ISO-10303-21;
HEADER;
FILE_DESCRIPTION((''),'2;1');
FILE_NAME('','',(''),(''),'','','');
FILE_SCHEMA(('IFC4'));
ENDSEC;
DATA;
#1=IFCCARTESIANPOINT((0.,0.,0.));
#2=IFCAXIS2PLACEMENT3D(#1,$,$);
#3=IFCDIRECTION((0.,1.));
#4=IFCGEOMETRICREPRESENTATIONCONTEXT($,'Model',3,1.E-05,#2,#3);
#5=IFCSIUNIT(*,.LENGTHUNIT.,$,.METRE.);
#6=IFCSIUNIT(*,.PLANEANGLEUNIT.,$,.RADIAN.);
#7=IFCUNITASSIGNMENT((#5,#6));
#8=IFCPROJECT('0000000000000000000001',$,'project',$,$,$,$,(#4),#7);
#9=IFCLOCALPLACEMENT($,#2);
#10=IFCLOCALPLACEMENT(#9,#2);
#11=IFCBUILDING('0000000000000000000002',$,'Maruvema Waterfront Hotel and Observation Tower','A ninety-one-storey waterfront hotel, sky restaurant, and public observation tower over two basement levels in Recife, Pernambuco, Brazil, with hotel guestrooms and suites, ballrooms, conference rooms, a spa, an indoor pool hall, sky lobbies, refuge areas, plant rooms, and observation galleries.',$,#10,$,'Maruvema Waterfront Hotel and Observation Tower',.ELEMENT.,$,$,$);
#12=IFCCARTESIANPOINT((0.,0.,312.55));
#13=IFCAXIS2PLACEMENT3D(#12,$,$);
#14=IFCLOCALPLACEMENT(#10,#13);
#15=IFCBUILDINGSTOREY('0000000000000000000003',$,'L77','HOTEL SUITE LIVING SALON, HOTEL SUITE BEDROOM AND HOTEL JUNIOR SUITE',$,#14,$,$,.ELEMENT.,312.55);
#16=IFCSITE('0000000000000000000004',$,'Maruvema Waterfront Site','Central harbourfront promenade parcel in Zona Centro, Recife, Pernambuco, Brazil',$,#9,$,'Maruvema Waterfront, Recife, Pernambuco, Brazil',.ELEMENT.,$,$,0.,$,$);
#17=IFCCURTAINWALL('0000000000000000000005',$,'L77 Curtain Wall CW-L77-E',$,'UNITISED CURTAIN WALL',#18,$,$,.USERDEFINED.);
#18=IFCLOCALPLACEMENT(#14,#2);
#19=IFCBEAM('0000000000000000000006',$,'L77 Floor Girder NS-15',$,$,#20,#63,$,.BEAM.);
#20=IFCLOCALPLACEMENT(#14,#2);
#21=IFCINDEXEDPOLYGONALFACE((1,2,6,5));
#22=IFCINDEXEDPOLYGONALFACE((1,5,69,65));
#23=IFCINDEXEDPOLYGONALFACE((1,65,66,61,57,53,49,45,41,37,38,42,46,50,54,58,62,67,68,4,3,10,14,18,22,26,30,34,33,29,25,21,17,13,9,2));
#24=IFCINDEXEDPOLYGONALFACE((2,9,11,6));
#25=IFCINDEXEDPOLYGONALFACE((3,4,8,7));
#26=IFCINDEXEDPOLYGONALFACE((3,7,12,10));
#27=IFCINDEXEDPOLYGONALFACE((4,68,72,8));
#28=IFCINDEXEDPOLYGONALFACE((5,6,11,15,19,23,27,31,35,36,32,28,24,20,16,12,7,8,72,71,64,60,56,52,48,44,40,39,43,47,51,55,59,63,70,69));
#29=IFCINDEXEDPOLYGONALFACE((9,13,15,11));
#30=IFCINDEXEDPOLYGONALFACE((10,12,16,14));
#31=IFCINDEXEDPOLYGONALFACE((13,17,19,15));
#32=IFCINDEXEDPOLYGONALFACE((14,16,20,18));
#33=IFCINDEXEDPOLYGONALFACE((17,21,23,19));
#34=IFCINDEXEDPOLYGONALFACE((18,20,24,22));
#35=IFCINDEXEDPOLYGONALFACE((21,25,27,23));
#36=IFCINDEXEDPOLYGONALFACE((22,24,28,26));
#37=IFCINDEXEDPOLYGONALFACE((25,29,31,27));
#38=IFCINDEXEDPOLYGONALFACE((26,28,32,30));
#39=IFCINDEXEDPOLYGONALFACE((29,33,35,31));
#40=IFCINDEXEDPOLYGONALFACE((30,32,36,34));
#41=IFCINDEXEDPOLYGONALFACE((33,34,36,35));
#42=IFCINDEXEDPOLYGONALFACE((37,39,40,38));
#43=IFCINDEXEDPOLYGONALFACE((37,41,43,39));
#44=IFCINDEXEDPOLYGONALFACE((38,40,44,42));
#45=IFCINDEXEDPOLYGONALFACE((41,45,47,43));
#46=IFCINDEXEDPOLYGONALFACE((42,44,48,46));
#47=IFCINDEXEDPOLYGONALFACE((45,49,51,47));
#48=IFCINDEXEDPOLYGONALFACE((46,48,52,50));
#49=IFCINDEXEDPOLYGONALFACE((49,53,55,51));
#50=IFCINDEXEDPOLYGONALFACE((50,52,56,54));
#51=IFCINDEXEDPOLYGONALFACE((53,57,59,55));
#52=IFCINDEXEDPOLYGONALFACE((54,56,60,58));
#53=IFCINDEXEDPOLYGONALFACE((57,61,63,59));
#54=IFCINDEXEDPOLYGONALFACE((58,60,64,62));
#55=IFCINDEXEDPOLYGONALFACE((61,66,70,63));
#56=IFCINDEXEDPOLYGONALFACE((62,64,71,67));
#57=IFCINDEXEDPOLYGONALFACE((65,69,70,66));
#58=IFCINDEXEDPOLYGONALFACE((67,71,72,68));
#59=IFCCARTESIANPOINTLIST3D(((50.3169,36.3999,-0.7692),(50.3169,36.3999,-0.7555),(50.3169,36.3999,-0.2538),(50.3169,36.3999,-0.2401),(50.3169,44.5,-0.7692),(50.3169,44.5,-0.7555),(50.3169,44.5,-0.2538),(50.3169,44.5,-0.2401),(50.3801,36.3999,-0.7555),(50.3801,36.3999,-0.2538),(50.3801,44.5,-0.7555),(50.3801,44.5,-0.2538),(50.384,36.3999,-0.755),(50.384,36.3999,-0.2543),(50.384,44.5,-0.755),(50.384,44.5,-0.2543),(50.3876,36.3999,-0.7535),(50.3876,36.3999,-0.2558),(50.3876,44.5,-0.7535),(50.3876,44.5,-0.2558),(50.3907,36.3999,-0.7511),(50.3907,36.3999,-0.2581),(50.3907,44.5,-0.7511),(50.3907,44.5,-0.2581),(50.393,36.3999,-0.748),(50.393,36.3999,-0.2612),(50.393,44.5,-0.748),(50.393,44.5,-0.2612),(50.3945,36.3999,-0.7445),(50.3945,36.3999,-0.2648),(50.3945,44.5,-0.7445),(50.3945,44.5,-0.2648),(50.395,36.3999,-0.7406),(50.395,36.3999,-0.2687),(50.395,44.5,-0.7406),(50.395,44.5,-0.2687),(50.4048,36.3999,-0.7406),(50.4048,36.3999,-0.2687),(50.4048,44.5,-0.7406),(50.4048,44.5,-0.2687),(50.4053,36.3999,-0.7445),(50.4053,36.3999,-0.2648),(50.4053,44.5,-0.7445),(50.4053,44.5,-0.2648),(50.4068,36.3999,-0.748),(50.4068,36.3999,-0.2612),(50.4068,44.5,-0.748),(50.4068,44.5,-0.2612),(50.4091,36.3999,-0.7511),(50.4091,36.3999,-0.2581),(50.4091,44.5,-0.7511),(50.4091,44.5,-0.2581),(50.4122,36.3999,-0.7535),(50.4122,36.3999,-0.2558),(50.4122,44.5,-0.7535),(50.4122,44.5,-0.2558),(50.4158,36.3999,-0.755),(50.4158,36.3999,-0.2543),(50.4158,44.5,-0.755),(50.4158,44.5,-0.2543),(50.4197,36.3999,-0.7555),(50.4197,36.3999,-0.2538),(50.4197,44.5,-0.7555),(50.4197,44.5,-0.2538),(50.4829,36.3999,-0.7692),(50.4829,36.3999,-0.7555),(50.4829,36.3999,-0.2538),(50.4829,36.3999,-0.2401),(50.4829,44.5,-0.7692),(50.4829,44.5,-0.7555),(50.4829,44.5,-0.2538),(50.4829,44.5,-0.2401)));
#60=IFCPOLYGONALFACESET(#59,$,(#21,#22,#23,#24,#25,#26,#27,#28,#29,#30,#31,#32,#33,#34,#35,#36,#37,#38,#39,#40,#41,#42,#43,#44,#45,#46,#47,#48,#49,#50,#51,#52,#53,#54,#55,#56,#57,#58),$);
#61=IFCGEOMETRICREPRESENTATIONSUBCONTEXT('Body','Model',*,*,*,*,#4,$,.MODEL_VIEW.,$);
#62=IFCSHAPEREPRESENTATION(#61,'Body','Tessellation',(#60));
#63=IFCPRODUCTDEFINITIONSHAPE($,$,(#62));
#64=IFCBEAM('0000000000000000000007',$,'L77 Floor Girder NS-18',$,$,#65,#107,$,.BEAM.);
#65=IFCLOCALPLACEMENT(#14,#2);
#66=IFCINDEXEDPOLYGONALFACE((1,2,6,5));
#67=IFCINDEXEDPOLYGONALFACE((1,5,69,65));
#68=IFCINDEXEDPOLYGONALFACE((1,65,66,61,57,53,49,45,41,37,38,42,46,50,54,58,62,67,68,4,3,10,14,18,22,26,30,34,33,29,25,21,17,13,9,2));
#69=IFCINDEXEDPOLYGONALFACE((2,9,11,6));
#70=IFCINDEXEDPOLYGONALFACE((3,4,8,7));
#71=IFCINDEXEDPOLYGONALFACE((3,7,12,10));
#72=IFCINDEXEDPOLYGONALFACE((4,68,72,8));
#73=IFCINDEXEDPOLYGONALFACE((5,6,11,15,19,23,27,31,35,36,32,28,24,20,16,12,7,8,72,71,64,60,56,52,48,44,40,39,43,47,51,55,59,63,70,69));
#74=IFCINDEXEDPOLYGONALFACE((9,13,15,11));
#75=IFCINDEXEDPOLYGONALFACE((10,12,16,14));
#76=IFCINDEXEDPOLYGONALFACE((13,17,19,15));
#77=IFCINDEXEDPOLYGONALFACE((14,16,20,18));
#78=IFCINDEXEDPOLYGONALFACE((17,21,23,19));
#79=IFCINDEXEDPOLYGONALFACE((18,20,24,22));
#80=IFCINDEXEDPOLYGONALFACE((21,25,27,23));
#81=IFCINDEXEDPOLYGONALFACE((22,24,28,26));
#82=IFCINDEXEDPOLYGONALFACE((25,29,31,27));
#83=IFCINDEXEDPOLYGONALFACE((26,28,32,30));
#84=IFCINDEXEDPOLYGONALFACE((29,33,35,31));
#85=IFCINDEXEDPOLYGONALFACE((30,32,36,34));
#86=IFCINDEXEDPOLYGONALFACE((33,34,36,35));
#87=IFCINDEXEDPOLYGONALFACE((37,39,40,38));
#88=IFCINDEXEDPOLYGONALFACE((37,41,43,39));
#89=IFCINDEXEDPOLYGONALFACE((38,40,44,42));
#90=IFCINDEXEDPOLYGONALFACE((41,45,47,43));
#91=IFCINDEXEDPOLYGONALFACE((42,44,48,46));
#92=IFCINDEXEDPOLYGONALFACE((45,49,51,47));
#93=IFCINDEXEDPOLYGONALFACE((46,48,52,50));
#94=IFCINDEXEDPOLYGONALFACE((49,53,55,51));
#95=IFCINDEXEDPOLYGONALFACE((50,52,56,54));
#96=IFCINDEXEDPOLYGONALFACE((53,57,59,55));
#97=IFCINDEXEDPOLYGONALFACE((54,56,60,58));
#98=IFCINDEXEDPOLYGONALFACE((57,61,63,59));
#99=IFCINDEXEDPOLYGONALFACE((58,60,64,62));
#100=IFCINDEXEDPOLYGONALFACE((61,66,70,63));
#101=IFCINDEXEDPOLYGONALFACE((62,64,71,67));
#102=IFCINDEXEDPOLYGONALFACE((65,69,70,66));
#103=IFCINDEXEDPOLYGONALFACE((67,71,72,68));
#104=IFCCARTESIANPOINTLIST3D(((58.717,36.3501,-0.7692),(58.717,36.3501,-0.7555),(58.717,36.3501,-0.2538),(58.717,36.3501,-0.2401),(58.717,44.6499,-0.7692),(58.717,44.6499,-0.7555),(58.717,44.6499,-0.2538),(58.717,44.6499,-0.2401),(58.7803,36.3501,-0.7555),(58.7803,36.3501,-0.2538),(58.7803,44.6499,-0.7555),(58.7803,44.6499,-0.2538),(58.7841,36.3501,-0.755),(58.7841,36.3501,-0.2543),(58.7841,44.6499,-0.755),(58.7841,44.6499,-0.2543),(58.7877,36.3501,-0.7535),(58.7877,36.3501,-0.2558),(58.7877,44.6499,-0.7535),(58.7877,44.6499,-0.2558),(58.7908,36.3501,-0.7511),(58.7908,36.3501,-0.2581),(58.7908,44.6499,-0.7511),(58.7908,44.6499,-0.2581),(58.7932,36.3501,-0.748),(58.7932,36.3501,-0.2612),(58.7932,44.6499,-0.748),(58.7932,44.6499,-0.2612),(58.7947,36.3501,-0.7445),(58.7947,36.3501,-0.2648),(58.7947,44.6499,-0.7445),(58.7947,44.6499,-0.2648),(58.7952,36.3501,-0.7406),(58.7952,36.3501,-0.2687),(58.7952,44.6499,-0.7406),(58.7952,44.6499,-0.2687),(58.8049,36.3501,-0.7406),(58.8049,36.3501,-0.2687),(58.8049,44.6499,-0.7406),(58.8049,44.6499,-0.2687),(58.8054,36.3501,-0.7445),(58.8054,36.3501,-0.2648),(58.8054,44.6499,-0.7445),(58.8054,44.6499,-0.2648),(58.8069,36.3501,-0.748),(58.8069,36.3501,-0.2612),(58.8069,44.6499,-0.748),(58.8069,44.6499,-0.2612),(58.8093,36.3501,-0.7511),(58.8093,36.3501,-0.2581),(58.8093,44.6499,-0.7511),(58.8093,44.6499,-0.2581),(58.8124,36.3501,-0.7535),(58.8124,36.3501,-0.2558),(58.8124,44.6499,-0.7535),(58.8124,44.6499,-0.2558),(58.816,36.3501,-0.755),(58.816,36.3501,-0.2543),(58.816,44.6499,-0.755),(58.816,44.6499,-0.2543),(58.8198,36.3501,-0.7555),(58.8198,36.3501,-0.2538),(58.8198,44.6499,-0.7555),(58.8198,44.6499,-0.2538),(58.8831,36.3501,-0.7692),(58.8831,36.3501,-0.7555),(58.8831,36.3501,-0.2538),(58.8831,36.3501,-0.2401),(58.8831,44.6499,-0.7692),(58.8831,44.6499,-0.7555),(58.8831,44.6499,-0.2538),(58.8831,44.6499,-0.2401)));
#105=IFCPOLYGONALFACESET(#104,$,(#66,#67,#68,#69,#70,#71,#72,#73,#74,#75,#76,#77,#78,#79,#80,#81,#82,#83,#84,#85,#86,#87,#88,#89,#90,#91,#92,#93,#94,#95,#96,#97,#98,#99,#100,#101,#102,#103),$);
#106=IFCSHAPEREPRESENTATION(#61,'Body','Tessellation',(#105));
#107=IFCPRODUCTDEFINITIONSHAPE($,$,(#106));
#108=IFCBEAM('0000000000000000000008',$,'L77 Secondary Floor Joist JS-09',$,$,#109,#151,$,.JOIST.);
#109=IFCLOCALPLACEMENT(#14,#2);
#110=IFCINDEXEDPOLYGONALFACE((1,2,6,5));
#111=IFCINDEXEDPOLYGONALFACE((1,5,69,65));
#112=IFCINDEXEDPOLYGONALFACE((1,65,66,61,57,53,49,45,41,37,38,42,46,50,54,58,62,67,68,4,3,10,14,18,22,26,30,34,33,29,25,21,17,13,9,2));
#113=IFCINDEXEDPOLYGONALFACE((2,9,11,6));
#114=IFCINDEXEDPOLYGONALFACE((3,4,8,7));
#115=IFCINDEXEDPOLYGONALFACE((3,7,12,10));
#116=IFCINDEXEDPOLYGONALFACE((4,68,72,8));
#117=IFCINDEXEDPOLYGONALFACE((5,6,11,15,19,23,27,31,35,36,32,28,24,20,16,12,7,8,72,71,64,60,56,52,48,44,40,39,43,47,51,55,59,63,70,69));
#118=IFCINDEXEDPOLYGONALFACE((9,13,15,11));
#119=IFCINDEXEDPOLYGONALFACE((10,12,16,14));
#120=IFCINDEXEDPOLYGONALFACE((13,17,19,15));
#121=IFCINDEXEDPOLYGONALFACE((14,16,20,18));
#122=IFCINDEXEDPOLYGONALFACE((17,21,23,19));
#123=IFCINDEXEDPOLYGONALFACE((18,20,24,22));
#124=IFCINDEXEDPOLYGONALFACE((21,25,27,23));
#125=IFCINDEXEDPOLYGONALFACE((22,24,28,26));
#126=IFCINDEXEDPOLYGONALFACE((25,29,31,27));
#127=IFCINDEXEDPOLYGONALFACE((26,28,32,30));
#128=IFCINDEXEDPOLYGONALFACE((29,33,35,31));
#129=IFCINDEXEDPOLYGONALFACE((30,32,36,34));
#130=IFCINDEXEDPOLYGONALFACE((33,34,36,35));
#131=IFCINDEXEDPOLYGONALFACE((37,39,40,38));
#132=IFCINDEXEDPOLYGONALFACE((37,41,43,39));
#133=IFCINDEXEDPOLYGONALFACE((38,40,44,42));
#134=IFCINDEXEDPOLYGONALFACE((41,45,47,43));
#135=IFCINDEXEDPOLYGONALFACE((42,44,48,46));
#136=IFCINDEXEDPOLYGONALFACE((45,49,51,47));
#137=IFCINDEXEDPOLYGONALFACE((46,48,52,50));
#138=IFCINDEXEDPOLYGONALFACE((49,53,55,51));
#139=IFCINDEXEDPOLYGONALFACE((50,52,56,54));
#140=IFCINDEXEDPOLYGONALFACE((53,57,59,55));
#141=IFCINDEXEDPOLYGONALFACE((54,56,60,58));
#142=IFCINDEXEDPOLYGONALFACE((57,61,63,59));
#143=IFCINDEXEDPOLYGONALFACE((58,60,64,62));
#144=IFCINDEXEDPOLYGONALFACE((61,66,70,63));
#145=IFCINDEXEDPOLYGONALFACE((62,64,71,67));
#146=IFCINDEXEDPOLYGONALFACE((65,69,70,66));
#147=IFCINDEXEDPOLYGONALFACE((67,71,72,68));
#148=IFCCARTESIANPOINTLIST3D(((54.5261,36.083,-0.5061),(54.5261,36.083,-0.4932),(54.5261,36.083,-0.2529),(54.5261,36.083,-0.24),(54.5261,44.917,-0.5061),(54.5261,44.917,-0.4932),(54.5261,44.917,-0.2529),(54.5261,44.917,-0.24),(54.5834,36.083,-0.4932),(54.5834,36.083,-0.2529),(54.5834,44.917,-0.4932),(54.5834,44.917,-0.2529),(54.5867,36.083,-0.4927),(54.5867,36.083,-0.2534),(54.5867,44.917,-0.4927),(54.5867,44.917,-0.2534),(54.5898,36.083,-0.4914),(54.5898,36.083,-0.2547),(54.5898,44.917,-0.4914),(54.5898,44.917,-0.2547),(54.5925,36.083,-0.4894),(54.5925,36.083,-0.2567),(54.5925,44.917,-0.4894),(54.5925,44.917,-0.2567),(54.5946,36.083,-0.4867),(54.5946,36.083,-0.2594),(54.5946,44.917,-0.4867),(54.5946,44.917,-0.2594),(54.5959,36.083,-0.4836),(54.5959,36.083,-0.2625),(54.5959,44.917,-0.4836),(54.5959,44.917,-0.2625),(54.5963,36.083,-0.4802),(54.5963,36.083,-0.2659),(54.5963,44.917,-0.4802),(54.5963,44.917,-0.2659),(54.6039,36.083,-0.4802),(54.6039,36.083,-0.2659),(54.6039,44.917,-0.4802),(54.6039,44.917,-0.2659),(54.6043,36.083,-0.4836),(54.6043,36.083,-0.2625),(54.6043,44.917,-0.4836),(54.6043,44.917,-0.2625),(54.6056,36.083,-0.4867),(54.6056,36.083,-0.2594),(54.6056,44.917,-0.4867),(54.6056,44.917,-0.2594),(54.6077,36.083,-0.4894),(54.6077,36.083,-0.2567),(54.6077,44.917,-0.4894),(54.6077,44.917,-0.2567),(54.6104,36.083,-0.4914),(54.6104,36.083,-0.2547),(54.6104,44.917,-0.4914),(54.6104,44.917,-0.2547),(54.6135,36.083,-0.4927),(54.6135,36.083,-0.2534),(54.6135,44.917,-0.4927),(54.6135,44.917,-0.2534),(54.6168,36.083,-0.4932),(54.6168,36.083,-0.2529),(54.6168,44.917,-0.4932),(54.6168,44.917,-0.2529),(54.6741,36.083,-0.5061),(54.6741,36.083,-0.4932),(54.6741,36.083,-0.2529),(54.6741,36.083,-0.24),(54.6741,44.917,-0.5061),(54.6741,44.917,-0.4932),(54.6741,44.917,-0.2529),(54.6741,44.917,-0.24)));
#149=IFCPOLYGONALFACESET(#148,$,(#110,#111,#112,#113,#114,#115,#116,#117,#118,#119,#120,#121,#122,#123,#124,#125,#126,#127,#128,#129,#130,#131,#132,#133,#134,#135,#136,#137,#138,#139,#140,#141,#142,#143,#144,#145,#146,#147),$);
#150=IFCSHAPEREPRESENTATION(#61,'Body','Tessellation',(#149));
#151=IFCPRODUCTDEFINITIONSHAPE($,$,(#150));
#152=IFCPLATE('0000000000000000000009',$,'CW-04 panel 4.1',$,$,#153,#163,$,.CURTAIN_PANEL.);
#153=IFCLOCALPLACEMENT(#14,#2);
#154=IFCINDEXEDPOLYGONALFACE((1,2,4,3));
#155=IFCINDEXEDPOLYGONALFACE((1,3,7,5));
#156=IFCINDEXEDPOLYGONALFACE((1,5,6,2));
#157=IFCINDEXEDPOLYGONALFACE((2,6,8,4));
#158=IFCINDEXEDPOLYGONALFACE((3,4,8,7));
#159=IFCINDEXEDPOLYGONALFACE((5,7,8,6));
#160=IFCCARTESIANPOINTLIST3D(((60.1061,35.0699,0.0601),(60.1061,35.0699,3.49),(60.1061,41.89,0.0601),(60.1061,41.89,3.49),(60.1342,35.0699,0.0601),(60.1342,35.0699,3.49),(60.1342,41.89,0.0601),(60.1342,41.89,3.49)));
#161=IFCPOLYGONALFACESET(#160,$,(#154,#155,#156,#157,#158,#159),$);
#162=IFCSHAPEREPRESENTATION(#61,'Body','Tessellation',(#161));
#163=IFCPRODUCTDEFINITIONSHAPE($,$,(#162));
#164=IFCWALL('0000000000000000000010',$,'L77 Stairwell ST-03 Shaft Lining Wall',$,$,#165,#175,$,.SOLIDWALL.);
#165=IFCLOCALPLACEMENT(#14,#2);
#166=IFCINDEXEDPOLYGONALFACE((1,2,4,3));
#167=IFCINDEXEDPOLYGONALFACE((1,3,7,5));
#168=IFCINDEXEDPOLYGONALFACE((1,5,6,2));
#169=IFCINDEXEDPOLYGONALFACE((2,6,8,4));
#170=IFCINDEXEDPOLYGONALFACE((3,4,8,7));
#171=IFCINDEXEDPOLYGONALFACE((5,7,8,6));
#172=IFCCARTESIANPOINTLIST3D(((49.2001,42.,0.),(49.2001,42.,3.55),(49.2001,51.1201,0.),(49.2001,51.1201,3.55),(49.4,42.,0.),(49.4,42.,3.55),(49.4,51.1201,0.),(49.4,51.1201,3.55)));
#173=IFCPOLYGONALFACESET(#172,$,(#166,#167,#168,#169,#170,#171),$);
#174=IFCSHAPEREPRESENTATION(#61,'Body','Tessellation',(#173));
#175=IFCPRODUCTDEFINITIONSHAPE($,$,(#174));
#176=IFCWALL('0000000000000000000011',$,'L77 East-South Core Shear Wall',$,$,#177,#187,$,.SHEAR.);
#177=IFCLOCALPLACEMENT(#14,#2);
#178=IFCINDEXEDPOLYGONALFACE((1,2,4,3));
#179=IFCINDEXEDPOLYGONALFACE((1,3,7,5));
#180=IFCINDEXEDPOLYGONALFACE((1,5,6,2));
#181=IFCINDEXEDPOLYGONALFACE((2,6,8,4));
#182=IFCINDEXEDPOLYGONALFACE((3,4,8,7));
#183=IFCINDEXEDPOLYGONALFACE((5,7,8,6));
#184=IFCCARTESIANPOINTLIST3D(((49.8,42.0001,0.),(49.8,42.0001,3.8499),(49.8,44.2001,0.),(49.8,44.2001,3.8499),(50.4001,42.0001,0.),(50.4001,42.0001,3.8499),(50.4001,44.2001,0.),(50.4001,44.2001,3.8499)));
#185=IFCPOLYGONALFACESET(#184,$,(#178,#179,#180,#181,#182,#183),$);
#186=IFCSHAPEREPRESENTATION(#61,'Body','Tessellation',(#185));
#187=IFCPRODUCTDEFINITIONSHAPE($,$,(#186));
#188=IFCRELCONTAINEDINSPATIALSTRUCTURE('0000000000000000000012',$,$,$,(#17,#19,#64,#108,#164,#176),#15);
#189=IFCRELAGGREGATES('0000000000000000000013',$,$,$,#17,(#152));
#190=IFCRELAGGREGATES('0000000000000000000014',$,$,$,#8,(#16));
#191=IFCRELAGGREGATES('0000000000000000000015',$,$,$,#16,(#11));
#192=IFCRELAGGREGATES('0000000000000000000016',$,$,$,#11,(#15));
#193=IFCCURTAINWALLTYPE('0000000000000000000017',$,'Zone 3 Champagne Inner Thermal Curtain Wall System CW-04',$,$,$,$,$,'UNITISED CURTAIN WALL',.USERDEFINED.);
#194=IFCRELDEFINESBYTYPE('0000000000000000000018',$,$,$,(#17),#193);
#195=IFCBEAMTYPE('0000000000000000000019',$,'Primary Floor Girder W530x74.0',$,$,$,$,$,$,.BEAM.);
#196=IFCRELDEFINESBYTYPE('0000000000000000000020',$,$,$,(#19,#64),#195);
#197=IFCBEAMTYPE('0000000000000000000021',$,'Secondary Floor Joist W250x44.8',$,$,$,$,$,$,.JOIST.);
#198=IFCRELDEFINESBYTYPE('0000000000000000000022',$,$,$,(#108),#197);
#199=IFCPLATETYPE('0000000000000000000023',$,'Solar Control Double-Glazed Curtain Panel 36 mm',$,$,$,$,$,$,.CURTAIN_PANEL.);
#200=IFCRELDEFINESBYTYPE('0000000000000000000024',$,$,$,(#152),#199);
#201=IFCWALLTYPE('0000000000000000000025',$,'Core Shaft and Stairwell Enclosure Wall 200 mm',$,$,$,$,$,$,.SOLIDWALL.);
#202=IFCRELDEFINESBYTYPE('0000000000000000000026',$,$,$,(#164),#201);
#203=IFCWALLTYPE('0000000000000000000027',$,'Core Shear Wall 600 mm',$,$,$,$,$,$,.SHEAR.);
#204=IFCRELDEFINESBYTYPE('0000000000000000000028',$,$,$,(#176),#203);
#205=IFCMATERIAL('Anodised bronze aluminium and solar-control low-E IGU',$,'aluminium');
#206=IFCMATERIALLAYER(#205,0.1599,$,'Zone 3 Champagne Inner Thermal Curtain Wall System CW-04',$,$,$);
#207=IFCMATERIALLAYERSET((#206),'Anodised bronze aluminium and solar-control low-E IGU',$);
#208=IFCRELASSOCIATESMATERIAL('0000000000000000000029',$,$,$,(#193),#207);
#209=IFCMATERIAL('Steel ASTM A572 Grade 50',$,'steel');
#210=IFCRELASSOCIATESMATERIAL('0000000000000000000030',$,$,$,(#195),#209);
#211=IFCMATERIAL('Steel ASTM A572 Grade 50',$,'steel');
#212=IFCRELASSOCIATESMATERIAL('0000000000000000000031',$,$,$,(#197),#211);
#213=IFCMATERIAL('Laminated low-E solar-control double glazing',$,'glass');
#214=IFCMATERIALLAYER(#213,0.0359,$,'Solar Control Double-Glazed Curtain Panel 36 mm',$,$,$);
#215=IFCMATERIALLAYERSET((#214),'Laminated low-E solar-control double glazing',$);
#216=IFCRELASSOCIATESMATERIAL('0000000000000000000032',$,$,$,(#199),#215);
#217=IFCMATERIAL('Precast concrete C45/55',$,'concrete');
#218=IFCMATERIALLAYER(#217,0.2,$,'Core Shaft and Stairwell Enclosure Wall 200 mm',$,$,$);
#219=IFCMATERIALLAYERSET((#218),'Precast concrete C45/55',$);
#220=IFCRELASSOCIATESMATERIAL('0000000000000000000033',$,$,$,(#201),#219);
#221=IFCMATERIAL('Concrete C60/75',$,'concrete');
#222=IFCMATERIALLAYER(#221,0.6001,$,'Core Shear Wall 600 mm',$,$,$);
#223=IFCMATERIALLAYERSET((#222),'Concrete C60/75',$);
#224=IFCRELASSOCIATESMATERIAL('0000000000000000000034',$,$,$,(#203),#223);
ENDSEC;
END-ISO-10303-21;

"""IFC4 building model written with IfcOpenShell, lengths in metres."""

from ifc_helpers import new_model, si_unit, direction, frame, frame_2d, origin, origin_2d, place, context, subcontext, project, spatial, rectangle, i_section, extrude, material, layer, layer_set, material_profile, profile_set, type_object, element, aggregate, save


model = new_model("IFC4")

# Units and contexts
model_context = context("Model", 3, precision=1e-05, world=origin(), true_north=direction((0.0, 1.0)))
body_context = subcontext(model_context, "Body", "Model", "MODEL_VIEW")
ifc_project = project(units=[si_unit("LENGTHUNIT", "METRE"), si_unit("PLANEANGLEUNIT", "RADIAN")], contexts=[model_context])

# Site, building, storey
site_placement = place(None, origin())
site = spatial("IfcSite", under=ifc_project, at=site_placement, Name="Maruvema Waterfront Site", Description="Central harbourfront promenade parcel in Zona Centro, Recife, Pernambuco, Brazil", LongName="Maruvema Waterfront, Recife, Pernambuco, Brazil", CompositionType="ELEMENT", RefElevation=0.0)
building_placement = place(site_placement, origin())
building = spatial("IfcBuilding", under=site, at=building_placement, Name="Maruvema Waterfront Hotel and Observation Tower", Description="A ninety-one-storey waterfront hotel, sky restaurant, and public observation tower over two basement levels in Recife, Pernambuco, Brazil, with hotel guestrooms and suites, ballrooms, conference rooms, a spa, an indoor pool hall, sky lobbies, refuge areas, plant rooms, and observation galleries.", LongName="Maruvema Waterfront Hotel and Observation Tower", CompositionType="ELEMENT")
storey_placement = place(building_placement, frame((0.0, 0.0, 312.55)))
storey = spatial("IfcBuildingStorey", under=building, at=storey_placement, Name="L77", Description="HOTEL SUITE LIVING SALON, HOTEL SUITE BEDROOM AND HOTEL JUNIOR SUITE", CompositionType="ELEMENT", Elevation=312.55)

# Curtain wall
ifc_material_1 = material(Name="Anodised bronze aluminium and solar-control low-E IGU", Category="aluminium")
ifc_layer_1 = layer(ifc_material_1, 0.1599, Name="Zone 3 Champagne Inner Thermal Curtain Wall System CW-04")
ifc_layer_set_1 = layer_set([ifc_layer_1], Name="Anodised bronze aluminium and solar-control low-E IGU")
curtain_wall_type = type_object("IfcCurtainWallType", Name="Zone 3 Champagne Inner Thermal Curtain Wall System CW-04", ElementType="UNITISED CURTAIN WALL", PredefinedType="USERDEFINED", material=ifc_layer_set_1)
curtain_wall_placement = place(storey_placement, origin())
curtain_wall = element("IfcCurtainWall", 1, at=curtain_wall_placement, inside=storey, type_object=curtain_wall_type, Name="L77 Curtain Wall CW-L77-E", ObjectType="UNITISED CURTAIN WALL", PredefinedType="USERDEFINED")

# Beams
ifc_material_2 = material(Name="Steel ASTM A572 Grade 50", Category="steel")
ifc_material_profile_1 = material_profile(ifc_material_2, i_section(OverallWidth=0.166, OverallDepth=0.5291, WebThickness=0.0098, FlangeThickness=0.0137, FilletRadius=0.0149, at=origin_2d()), Name="W530x74.0")
ifc_profile_set_1 = profile_set([ifc_material_profile_1], Name="Steel ASTM A572 Grade 50")
beam_type_1 = type_object("IfcBeamType", Name="Primary Floor Girder W530x74.0", PredefinedType="BEAM", material=ifc_profile_set_1)
beam_1_placement = place(storey_placement, frame((50.3999, 36.3999, -0.5046), z_axis=(0.0, 1.0, 0.0), x_axis=(-1.0, 0.0, 0.0)))
element("IfcBeam", 2, at=beam_1_placement, inside=storey, type_object=beam_type_1, Name="L77 Floor Girder NS-15", PredefinedType="BEAM", context=body_context, shape_type="SweptSolid", body=[
    extrude(i_section(OverallWidth=0.166, OverallDepth=0.5291, WebThickness=0.0098, FlangeThickness=0.0137, FilletRadius=0.0149, at=origin_2d()), origin(), (0.0, 0.0, 1.0), 8.1001),
])
beam_2_placement = place(storey_placement, frame((58.8, 36.3501, -0.5046), z_axis=(0.0, 1.0, 0.0), x_axis=(-1.0, 0.0, 0.0)))
element("IfcBeam", 3, at=beam_2_placement, inside=storey, type_object=beam_type_1, Name="L77 Floor Girder NS-18", PredefinedType="BEAM", context=body_context, shape_type="SweptSolid", body=[
    extrude(i_section(OverallWidth=0.166, OverallDepth=0.5291, WebThickness=0.0098, FlangeThickness=0.0137, FilletRadius=0.0149, at=origin_2d()), origin(), (0.0, 0.0, 1.0), 8.2998),
])
ifc_material_3 = material(Name="Steel ASTM A572 Grade 50", Category="steel")
ifc_material_profile_2 = material_profile(ifc_material_3, i_section(OverallWidth=0.1479, OverallDepth=0.2661, WebThickness=0.0076, FlangeThickness=0.0129, FilletRadius=0.0129, at=origin_2d()), Name="W250x44.8")
ifc_profile_set_2 = profile_set([ifc_material_profile_2], Name="Steel ASTM A572 Grade 50")
beam_type_2 = type_object("IfcBeamType", Name="Secondary Floor Joist W250x44.8", PredefinedType="JOIST", material=ifc_profile_set_2)
beam_3_placement = place(storey_placement, frame((54.6001, 36.083, -0.373), z_axis=(0.0, 1.0, 0.0), x_axis=(-1.0, 0.0, 0.0)))
element("IfcBeam", 4, at=beam_3_placement, inside=storey, type_object=beam_type_2, Name="L77 Secondary Floor Joist JS-09", PredefinedType="JOIST", context=body_context, shape_type="SweptSolid", body=[
    extrude(i_section(OverallWidth=0.1479, OverallDepth=0.2661, WebThickness=0.0076, FlangeThickness=0.0129, FilletRadius=0.0129, at=origin_2d()), origin(), (0.0, 0.0, 1.0), 8.834),
])

# Plate
ifc_material_4 = material(Name="Laminated low-E solar-control double glazing", Category="glass")
ifc_layer_2 = layer(ifc_material_4, 0.0359, Name="Solar Control Double-Glazed Curtain Panel 36 mm")
ifc_layer_set_2 = layer_set([ifc_layer_2], Name="Laminated low-E solar-control double glazing")
plate_type = type_object("IfcPlateType", Name="Solar Control Double-Glazed Curtain Panel 36 mm", PredefinedType="CURTAIN_PANEL", material=ifc_layer_set_2)
plate_placement = place(storey_placement, frame((60.1201, 38.48, 0.0601), z_axis=(0.0, 0.0, 1.0), x_axis=(0.0, 1.0, 0.0)))
plate = element("IfcPlate", 5, at=plate_placement, type_object=plate_type, Name="CW-04 panel 4.1", PredefinedType="CURTAIN_PANEL", context=body_context, shape_type="SweptSolid", body=[
    extrude(rectangle(XDim=6.8201, YDim=0.0281, at=origin_2d()), origin(), (0.0, 0.0, 1.0), 3.4299),
])
aggregate(curtain_wall, [plate])

# Walls
ifc_material_5 = material(Name="Precast concrete C45/55", Category="concrete")
ifc_layer_3 = layer(ifc_material_5, 0.2, Name="Core Shaft and Stairwell Enclosure Wall 200 mm")
ifc_layer_set_3 = layer_set([ifc_layer_3], Name="Precast concrete C45/55")
wall_type_1 = type_object("IfcWallType", Name="Core Shaft and Stairwell Enclosure Wall 200 mm", PredefinedType="SOLIDWALL", material=ifc_layer_set_3)
wall_1_placement = place(storey_placement, frame((49.3, 42.0, 0.0), z_axis=(0.0, 0.0, 1.0), x_axis=(0.0, 1.0, 0.0)))
element("IfcWall", 6, at=wall_1_placement, inside=storey, type_object=wall_type_1, Name="L77 Stairwell ST-03 Shaft Lining Wall", PredefinedType="SOLIDWALL", context=body_context, shape_type="SweptSolid", body=[
    extrude(rectangle(XDim=9.1201, YDim=0.2, at=frame_2d((4.5601, 0.0))), origin(), (0.0, 0.0, 1.0), 3.55),
])
ifc_material_6 = material(Name="Concrete C60/75", Category="concrete")
ifc_layer_4 = layer(ifc_material_6, 0.6001, Name="Core Shear Wall 600 mm")
ifc_layer_set_4 = layer_set([ifc_layer_4], Name="Concrete C60/75")
wall_type_2 = type_object("IfcWallType", Name="Core Shear Wall 600 mm", PredefinedType="SHEAR", material=ifc_layer_set_4)
wall_2_placement = place(storey_placement, frame((50.1001, 42.0, 0.0), z_axis=(0.0, 0.0, 1.0), x_axis=(0.0, 1.0, 0.0)))
element("IfcWall", 7, at=wall_2_placement, inside=storey, type_object=wall_type_2, Name="L77 East-South Core Shear Wall", PredefinedType="SHEAR", context=body_context, shape_type="SweptSolid", body=[
    extrude(rectangle(XDim=2.2, YDim=0.6001, at=frame_2d((1.1001, 0.0))), origin(), (0.0, 0.0, 1.0), 3.8499),
])

save(model, "model.ifc")
